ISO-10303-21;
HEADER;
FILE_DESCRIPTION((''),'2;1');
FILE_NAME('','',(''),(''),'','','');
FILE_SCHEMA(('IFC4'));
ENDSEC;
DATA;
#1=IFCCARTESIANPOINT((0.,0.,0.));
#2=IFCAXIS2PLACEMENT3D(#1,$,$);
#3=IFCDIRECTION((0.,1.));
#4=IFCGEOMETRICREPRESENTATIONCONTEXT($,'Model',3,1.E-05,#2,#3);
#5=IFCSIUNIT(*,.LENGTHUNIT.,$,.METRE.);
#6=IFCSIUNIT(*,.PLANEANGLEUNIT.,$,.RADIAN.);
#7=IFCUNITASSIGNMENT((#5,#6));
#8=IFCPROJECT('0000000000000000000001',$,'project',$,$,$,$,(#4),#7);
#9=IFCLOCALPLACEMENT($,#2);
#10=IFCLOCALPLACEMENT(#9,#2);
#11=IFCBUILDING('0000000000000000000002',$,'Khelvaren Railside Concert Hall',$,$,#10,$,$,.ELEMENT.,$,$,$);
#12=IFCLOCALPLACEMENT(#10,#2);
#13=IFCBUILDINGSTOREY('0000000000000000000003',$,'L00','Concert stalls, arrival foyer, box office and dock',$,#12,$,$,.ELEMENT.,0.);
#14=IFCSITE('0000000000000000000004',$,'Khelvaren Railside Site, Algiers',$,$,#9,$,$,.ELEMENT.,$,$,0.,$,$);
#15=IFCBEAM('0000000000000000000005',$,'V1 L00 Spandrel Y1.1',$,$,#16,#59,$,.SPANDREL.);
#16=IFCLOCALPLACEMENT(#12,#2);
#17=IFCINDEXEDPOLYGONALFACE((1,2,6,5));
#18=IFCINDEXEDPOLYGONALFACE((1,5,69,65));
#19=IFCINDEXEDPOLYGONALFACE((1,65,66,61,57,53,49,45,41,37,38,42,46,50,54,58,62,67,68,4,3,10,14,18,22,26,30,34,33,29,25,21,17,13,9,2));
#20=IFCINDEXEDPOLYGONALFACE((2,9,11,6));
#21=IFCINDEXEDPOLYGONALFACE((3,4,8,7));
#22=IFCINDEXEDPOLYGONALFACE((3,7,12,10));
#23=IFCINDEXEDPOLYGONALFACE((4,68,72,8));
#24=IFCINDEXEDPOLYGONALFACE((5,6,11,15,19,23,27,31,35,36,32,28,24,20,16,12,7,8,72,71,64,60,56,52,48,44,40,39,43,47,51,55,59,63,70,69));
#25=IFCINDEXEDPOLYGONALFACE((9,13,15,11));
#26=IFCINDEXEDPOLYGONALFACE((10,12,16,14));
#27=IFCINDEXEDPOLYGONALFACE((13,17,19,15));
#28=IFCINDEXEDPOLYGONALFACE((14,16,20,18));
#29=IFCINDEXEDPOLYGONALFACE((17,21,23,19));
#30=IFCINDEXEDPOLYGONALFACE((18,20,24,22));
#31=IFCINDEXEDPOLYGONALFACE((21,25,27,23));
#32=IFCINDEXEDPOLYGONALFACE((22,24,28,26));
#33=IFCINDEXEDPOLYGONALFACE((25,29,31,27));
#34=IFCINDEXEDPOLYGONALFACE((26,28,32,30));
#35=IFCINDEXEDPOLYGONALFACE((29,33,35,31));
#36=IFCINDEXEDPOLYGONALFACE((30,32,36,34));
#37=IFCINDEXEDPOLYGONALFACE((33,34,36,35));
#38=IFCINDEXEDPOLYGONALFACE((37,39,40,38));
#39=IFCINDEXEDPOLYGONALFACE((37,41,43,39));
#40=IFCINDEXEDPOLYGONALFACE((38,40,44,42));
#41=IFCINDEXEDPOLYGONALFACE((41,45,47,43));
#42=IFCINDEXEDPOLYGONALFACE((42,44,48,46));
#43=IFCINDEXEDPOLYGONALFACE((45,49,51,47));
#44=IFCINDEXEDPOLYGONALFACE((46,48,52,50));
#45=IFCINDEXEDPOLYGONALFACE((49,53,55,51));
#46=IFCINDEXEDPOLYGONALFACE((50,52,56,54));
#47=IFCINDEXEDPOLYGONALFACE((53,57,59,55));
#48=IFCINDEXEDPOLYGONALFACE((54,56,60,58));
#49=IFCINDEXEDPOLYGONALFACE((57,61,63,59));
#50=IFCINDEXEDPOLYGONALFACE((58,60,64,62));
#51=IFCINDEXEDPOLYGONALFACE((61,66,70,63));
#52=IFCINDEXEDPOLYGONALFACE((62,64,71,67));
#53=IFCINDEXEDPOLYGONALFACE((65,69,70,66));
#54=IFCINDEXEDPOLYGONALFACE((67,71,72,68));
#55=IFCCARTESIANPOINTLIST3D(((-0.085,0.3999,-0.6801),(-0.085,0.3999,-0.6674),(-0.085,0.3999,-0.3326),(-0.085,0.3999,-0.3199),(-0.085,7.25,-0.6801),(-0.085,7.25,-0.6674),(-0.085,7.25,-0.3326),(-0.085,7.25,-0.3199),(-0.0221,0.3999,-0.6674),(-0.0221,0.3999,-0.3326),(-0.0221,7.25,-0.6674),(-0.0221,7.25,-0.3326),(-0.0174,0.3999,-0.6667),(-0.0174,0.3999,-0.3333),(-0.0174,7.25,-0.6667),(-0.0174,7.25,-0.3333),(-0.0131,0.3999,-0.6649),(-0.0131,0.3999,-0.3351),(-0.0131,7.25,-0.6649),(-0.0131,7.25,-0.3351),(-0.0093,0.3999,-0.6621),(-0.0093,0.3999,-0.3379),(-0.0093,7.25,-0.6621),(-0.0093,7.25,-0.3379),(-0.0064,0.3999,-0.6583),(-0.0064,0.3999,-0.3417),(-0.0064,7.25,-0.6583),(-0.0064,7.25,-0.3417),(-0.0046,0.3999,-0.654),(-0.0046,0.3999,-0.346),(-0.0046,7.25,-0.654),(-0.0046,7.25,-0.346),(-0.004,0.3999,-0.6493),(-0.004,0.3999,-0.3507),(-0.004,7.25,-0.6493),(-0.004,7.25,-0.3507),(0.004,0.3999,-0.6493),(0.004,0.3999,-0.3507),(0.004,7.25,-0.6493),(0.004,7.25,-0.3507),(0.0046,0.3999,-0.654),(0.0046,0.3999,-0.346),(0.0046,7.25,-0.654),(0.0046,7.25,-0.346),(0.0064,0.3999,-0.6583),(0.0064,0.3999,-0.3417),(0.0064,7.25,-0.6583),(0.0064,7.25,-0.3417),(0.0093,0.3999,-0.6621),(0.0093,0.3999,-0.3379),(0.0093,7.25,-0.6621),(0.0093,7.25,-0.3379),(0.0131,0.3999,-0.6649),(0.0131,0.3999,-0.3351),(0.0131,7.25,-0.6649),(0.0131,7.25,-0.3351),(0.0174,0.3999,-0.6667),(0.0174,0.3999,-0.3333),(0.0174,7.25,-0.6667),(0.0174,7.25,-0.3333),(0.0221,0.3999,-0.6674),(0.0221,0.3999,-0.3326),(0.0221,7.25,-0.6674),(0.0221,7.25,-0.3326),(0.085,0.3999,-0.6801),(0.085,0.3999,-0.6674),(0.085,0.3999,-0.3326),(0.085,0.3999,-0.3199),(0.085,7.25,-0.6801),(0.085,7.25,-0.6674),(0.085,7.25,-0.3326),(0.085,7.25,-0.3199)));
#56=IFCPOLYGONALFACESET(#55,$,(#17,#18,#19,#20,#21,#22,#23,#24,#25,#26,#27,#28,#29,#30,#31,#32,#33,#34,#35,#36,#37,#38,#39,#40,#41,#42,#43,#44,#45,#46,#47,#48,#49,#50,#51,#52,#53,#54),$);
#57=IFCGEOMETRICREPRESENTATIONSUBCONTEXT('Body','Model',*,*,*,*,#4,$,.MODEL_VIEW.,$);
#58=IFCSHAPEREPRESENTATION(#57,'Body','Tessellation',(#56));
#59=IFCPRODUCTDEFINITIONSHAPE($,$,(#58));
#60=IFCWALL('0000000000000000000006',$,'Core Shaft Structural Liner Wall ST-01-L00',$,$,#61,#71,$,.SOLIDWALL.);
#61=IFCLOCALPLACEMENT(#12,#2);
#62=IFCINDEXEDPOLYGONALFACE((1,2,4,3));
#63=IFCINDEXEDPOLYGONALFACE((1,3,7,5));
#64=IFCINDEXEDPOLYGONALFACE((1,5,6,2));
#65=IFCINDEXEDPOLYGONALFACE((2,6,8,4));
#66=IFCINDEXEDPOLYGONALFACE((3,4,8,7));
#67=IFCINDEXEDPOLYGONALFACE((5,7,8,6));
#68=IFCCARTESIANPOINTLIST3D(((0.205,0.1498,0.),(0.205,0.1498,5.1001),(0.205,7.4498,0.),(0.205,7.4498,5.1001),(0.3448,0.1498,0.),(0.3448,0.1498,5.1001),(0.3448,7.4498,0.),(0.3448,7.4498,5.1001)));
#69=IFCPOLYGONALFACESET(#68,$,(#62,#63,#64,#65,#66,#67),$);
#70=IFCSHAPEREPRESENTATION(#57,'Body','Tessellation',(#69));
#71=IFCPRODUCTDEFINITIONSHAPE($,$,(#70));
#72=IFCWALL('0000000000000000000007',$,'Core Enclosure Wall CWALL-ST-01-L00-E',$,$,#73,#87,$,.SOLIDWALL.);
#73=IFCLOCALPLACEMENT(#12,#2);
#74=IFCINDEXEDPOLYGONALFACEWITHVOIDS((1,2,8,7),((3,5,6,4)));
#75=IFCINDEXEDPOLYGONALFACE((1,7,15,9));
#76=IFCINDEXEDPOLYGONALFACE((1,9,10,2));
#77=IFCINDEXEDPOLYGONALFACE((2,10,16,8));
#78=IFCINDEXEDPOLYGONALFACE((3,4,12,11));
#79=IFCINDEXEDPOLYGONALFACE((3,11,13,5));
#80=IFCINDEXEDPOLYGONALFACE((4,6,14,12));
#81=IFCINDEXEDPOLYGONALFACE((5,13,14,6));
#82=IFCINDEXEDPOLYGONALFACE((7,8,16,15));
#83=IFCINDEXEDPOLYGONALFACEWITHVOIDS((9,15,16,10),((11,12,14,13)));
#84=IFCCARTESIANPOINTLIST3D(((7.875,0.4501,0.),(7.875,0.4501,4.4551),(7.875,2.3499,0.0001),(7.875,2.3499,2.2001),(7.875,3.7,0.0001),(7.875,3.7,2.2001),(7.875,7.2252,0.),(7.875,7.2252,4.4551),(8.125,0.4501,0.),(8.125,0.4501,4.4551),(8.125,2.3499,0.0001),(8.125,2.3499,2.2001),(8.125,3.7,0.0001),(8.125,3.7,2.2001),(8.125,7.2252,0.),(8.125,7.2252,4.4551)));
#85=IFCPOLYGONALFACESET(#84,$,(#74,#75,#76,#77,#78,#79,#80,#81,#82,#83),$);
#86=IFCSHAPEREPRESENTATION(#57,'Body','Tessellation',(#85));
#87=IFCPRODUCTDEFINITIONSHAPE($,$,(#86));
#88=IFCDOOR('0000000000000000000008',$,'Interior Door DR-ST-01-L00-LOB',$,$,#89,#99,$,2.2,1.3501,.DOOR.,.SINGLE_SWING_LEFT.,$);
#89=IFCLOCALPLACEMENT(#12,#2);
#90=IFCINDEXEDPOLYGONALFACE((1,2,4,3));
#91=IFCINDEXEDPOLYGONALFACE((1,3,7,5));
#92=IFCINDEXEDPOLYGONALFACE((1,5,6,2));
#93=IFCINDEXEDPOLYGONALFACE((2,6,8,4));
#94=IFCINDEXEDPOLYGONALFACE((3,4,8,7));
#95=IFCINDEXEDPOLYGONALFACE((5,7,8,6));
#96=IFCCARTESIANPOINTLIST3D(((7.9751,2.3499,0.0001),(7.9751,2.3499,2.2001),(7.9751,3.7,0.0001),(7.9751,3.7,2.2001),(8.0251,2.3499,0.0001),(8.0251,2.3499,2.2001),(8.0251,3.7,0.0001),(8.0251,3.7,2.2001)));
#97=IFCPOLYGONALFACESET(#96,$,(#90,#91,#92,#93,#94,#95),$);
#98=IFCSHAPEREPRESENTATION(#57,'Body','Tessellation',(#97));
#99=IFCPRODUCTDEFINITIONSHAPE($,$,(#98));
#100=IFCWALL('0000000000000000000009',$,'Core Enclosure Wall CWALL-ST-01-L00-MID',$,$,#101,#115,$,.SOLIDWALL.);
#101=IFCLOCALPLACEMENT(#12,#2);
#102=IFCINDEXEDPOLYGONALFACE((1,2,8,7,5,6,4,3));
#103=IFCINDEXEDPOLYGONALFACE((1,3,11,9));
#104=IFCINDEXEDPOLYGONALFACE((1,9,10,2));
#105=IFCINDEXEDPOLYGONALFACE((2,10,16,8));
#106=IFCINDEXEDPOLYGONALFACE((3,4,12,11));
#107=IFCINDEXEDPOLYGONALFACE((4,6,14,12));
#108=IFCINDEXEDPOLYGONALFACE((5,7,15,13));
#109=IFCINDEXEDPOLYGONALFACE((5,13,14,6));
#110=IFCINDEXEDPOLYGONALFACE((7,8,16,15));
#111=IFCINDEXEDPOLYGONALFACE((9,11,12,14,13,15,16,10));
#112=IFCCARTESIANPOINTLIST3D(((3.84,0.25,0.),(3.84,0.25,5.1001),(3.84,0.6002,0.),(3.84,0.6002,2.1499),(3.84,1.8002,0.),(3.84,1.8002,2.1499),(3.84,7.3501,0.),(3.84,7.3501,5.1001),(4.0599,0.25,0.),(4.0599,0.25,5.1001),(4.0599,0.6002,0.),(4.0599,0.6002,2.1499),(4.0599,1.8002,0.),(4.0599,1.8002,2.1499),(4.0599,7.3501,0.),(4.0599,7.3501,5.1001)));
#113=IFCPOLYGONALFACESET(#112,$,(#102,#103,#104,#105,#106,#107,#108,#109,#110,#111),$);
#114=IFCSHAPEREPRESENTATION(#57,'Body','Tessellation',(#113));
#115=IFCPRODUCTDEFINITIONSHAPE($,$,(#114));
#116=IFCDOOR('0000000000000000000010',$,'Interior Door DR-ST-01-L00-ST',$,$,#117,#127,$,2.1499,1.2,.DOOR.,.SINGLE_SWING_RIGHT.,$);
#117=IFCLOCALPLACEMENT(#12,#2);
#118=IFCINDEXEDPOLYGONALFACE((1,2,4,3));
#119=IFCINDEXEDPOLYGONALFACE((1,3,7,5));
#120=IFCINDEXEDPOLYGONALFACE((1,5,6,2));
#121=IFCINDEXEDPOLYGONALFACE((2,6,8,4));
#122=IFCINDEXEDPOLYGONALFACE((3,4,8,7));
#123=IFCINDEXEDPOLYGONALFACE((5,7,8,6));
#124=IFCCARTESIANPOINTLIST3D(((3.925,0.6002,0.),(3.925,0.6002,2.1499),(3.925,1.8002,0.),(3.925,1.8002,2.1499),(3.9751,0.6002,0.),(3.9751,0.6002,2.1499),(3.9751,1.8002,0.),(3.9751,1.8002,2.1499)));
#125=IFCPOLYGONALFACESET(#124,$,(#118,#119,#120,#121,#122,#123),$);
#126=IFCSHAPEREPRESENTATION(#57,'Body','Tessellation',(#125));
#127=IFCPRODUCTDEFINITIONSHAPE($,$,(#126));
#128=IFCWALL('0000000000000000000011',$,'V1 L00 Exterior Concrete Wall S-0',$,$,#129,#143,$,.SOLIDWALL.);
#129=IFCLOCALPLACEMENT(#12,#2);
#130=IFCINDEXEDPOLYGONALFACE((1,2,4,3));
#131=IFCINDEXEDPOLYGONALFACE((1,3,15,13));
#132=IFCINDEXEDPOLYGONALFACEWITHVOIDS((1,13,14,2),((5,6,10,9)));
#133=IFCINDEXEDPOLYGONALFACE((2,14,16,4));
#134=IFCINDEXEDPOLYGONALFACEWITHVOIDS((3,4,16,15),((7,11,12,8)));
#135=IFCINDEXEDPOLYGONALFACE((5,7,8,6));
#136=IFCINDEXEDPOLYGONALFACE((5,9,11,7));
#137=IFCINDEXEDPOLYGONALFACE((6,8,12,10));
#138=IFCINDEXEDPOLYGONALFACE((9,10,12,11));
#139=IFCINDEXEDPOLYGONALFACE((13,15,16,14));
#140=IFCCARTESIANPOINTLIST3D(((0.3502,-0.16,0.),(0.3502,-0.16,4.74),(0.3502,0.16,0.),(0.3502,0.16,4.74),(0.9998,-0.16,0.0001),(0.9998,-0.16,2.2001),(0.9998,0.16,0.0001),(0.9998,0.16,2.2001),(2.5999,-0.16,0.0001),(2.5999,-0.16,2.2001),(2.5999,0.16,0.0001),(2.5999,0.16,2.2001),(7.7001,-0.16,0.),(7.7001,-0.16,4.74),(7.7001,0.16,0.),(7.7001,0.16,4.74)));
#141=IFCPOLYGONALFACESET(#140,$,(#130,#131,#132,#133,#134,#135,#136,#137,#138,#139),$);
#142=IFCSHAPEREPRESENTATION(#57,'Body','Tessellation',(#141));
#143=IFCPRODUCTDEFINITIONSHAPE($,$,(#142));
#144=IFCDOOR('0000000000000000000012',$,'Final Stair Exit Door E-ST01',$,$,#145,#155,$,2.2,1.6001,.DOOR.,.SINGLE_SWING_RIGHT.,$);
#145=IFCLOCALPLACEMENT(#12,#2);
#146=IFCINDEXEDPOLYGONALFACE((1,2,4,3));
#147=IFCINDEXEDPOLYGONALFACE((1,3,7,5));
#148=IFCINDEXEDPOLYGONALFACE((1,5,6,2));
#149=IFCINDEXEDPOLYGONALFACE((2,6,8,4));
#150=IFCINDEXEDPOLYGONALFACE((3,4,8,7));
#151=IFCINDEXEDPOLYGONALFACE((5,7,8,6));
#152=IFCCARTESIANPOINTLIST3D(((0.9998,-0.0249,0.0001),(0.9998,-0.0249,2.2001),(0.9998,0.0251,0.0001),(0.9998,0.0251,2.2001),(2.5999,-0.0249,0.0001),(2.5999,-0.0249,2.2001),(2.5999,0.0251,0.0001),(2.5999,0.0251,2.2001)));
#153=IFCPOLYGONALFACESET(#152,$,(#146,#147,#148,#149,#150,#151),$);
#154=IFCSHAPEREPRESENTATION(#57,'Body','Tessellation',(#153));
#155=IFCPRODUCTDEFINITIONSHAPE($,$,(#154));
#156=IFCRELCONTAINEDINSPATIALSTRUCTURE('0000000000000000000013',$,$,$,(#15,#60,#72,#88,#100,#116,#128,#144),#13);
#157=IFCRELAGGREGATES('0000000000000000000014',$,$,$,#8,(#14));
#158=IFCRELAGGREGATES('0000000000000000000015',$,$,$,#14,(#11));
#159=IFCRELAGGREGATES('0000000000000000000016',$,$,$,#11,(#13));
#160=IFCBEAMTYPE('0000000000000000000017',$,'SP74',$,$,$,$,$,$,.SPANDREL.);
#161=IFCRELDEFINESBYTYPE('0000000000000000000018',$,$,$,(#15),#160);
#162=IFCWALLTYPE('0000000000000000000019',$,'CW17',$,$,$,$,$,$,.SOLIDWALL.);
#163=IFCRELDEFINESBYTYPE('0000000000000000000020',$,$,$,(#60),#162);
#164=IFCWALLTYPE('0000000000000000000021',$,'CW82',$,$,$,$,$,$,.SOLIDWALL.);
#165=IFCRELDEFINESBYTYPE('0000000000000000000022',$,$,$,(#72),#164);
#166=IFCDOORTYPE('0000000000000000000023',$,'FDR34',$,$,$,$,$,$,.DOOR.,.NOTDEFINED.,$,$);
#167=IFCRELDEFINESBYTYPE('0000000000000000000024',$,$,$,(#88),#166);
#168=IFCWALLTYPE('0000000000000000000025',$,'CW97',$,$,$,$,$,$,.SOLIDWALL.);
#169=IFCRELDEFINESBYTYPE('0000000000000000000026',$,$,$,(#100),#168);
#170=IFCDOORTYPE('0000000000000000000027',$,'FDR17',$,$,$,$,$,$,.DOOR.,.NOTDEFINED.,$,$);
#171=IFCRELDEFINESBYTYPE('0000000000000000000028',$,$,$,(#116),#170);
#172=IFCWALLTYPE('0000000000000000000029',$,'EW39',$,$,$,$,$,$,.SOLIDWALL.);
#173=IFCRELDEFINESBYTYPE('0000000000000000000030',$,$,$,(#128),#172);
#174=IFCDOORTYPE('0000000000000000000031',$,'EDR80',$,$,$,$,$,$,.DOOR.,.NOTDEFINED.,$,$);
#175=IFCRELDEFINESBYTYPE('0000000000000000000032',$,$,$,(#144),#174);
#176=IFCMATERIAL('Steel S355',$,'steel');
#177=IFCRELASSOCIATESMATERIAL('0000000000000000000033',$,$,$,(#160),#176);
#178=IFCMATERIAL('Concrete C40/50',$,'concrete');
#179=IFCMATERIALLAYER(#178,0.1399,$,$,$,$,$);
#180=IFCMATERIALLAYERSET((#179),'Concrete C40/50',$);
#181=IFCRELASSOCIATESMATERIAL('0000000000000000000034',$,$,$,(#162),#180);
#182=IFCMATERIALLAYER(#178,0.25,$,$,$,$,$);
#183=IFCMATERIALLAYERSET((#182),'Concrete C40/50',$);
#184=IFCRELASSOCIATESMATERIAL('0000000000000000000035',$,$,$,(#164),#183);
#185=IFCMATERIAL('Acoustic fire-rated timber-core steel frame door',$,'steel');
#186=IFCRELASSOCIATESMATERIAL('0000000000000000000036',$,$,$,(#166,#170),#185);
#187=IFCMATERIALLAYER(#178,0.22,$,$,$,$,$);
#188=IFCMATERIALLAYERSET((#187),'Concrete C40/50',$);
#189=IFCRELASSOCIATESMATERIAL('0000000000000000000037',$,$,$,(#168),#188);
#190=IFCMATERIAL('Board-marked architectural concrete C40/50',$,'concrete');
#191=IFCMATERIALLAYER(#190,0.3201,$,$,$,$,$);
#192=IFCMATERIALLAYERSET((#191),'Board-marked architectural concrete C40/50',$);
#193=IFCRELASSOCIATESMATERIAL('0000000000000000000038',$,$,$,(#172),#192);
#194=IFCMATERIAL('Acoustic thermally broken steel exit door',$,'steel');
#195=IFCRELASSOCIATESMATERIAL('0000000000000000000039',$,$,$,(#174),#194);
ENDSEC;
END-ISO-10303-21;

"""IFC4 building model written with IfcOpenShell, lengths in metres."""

from ifc_helpers import new_model, si_unit, direction, frame, frame_2d, origin, origin_2d, place, context, subcontext, project, spatial, rectangle, i_section, extrude, material, layer, layer_set, material_profile, profile_set, type_object, element, fill, save


model = new_model("IFC4")

# Units and contexts
model_context = context("Model", 3, precision=1e-05, world=origin(), true_north=direction((0.0, 1.0)))
body_context = subcontext(model_context, "Body", "Model", "MODEL_VIEW")
ifc_project = project(units=[si_unit("LENGTHUNIT", "METRE"), si_unit("PLANEANGLEUNIT", "RADIAN")], contexts=[model_context])

# Site, building, storey
site_placement = place(None, origin())
site = spatial("IfcSite", under=ifc_project, at=site_placement, Name="Khelvaren Railside Site, Algiers", CompositionType="ELEMENT", RefElevation=0.0)
building_placement = place(site_placement, origin())
building = spatial("IfcBuilding", under=site, at=building_placement, Name="Khelvaren Railside Concert Hall", CompositionType="ELEMENT")
storey_placement = place(building_placement, origin())
storey = spatial("IfcBuildingStorey", under=building, at=storey_placement, Name="L00", Description="Concert stalls, arrival foyer, box office and dock", CompositionType="ELEMENT", Elevation=0.0)

# Beam
ifc_material_1 = material(Name="Steel S355", Category="steel")
ifc_material_profile_1 = material_profile(ifc_material_1, i_section(OverallWidth=0.1699, OverallDepth=0.3601, WebThickness=0.0081, FlangeThickness=0.0127, FilletRadius=0.0181, at=origin_2d()), Name="IPE 360")
ifc_profile_set_1 = profile_set([ifc_material_profile_1], Name="Steel S355")
beam_type_1 = type_object("IfcBeamType", Name="SP74", PredefinedType="SPANDREL", material=ifc_profile_set_1)
beam_1_placement = place(storey_placement, frame((0.0, 0.3999, -0.5), z_axis=(0.0, 1.0, 0.0), x_axis=(-1.0, 0.0, 0.0)))
element("IfcBeam", 1, at=beam_1_placement, inside=storey, type_object=beam_type_1, Name="V1 L00 Spandrel Y1.1", PredefinedType="SPANDREL", context=body_context, shape_type="SweptSolid", body=[
    extrude(i_section(OverallWidth=0.1699, OverallDepth=0.3601, WebThickness=0.0081, FlangeThickness=0.0127, FilletRadius=0.0181, at=origin_2d()), origin(), (0.0, 0.0, 1.0), 6.8501),
])

# Wall
ifc_material_2 = material(Name="Concrete C40/50", Category="concrete")
ifc_layer_1 = layer(ifc_material_2, 0.1399)
ifc_layer_set_1 = layer_set([ifc_layer_1], Name="Concrete C40/50")
wall_type_1 = type_object("IfcWallType", Name="CW17", PredefinedType="SOLIDWALL", material=ifc_layer_set_1)
wall_1_placement = place(storey_placement, frame((0.2749, 0.1499, 0.0), z_axis=(0.0, 0.0, 1.0), x_axis=(0.0, 1.0, 0.0)))
element("IfcWall", 2, at=wall_1_placement, inside=storey, type_object=wall_type_1, Name="Core Shaft Structural Liner Wall ST-01-L00", PredefinedType="SOLIDWALL", context=body_context, shape_type="SweptSolid", body=[
    extrude(rectangle(XDim=7.3, YDim=0.1399, at=frame_2d((3.6499, 0.0))), origin(), (0.0, 0.0, 1.0), 5.1001),
])

# Walls, openings, doors
ifc_layer_2 = layer(ifc_material_2, 0.25)
ifc_layer_set_2 = layer_set([ifc_layer_2], Name="Concrete C40/50")
wall_type_2 = type_object("IfcWallType", Name="CW82", PredefinedType="SOLIDWALL", material=ifc_layer_set_2)
wall_2_placement = place(storey_placement, frame((8.0, 0.45, 0.0), z_axis=(0.0, 0.0, 1.0), x_axis=(0.0, 1.0, 0.0)))
wall_2 = element("IfcWall", 3, at=wall_2_placement, inside=storey, type_object=wall_type_2, Name="Core Enclosure Wall CWALL-ST-01-L00-E", PredefinedType="SOLIDWALL", context=body_context, shape_type="SweptSolid", body=[
    extrude(rectangle(XDim=6.7751, YDim=0.25, at=frame_2d((3.3877, 0.0))), origin(), (0.0, 0.0, 1.0), 4.4551),
])
opening_1_placement = place(wall_2_placement, frame((1.8999, 0.0, 0.0)))
opening_1 = element("IfcOpeningElement", 4, at=opening_1_placement, cuts=wall_2, PredefinedType="OPENING", context=body_context, shape_type="SweptSolid", body=[
    extrude(rectangle(XDim=1.3501, YDim=2.2, at=frame_2d((0.675, 1.1001))), frame((0.0, 0.135, 0.0), z_axis=(0.0, -1.0, 0.0), x_axis=(1.0, 0.0, 0.0)), (0.0, 0.0, 1.0), 0.27),
])
ifc_material_3 = material(Name="Acoustic fire-rated timber-core steel frame door", Category="steel")
door_type_1 = type_object("IfcDoorType", Name="FDR34", OperationType="NOTDEFINED", PredefinedType="DOOR", material=ifc_material_3)
door_1_placement = place(opening_1_placement, origin())
door_1 = element("IfcDoor", 5, at=door_1_placement, inside=storey, type_object=door_type_1, Name="Interior Door DR-ST-01-L00-LOB", OperationType="SINGLE_SWING_LEFT", OverallHeight=2.2, OverallWidth=1.3501, PredefinedType="DOOR", context=body_context, shape_type="SweptSolid", body=[
    extrude(rectangle(XDim=1.3501, YDim=2.2, at=frame_2d((0.675, 1.1001))), frame((0.0, 0.0249, 0.0), z_axis=(0.0, -1.0, 0.0), x_axis=(1.0, 0.0, 0.0)), (0.0, 0.0, 1.0), 0.05),
])
fill(opening_1, door_1)
ifc_layer_3 = layer(ifc_material_2, 0.22)
ifc_layer_set_3 = layer_set([ifc_layer_3], Name="Concrete C40/50")
wall_type_3 = type_object("IfcWallType", Name="CW97", PredefinedType="SOLIDWALL", material=ifc_layer_set_3)
wall_3_placement = place(storey_placement, frame((3.95, 0.25, 0.0), z_axis=(0.0, 0.0, 1.0), x_axis=(0.0, 1.0, 0.0)))
wall_3 = element("IfcWall", 6, at=wall_3_placement, inside=storey, type_object=wall_type_3, Name="Core Enclosure Wall CWALL-ST-01-L00-MID", PredefinedType="SOLIDWALL", context=body_context, shape_type="SweptSolid", body=[
    extrude(rectangle(XDim=7.1001, YDim=0.22, at=frame_2d((3.55, 0.0))), origin(), (0.0, 0.0, 1.0), 5.1001),
])
opening_2_placement = place(wall_3_placement, frame((0.3501, 0.0, 0.0)))
opening_2 = element("IfcOpeningElement", 7, at=opening_2_placement, cuts=wall_3, PredefinedType="OPENING", context=body_context, shape_type="SweptSolid", body=[
    extrude(rectangle(XDim=1.2, YDim=2.1499, at=frame_2d((0.6001, 1.075))), frame((0.0, 0.1199, 0.0), z_axis=(0.0, -1.0, 0.0), x_axis=(1.0, 0.0, 0.0)), (0.0, 0.0, 1.0), 0.24),
])
door_type_2 = type_object("IfcDoorType", Name="FDR17", OperationType="NOTDEFINED", PredefinedType="DOOR", material=ifc_material_3)
door_2_placement = place(opening_2_placement, origin())
door_2 = element("IfcDoor", 8, at=door_2_placement, inside=storey, type_object=door_type_2, Name="Interior Door DR-ST-01-L00-ST", OperationType="SINGLE_SWING_RIGHT", OverallHeight=2.1499, OverallWidth=1.2, PredefinedType="DOOR", context=body_context, shape_type="SweptSolid", body=[
    extrude(rectangle(XDim=1.2, YDim=2.1499, at=frame_2d((0.6001, 1.075))), frame((0.0, 0.0249, 0.0), z_axis=(0.0, -1.0, 0.0), x_axis=(1.0, 0.0, 0.0)), (0.0, 0.0, 1.0), 0.05),
])
fill(opening_2, door_2)
ifc_material_4 = material(Name="Board-marked architectural concrete C40/50", Category="concrete")
ifc_layer_4 = layer(ifc_material_4, 0.3201)
ifc_layer_set_4 = layer_set([ifc_layer_4], Name="Board-marked architectural concrete C40/50")
wall_type_4 = type_object("IfcWallType", Name="EW39", PredefinedType="SOLIDWALL", material=ifc_layer_set_4)
wall_4_placement = place(storey_placement, frame((7.7, 0.0, 0.0), z_axis=(0.0, 0.0, 1.0), x_axis=(-1.0, 0.0, 0.0)))
wall_4 = element("IfcWall", 9, at=wall_4_placement, inside=storey, type_object=wall_type_4, Name="V1 L00 Exterior Concrete Wall S-0", PredefinedType="SOLIDWALL", context=body_context, shape_type="SweptSolid", body=[
    extrude(rectangle(XDim=7.3499, YDim=0.3201, at=frame_2d((3.6748, 0.0))), origin(), (0.0, 0.0, 1.0), 4.74),
])
opening_3_placement = place(wall_4_placement, frame((5.1001, 0.0, 0.0)))
opening_3 = element("IfcOpeningElement", 10, at=opening_3_placement, cuts=wall_4, PredefinedType="OPENING", context=body_context, shape_type="SweptSolid", body=[
    extrude(rectangle(XDim=1.6001, YDim=2.2, at=frame_2d((0.8, 1.1001))), frame((0.0, 0.1699, 0.0), z_axis=(0.0, -1.0, 0.0), x_axis=(1.0, 0.0, 0.0)), (0.0, 0.0, 1.0), 0.3401),
])
ifc_material_5 = material(Name="Acoustic thermally broken steel exit door", Category="steel")
door_type_3 = type_object("IfcDoorType", Name="EDR80", OperationType="NOTDEFINED", PredefinedType="DOOR", material=ifc_material_5)
door_3_placement = place(opening_3_placement, origin())
door_3 = element("IfcDoor", 11, at=door_3_placement, inside=storey, type_object=door_type_3, Name="Final Stair Exit Door E-ST01", OperationType="SINGLE_SWING_RIGHT", OverallHeight=2.2, OverallWidth=1.6001, PredefinedType="DOOR", context=body_context, shape_type="SweptSolid", body=[
    extrude(rectangle(XDim=1.6001, YDim=2.2, at=frame_2d((0.8, 1.1001))), frame((0.0, 0.0249, 0.0), z_axis=(0.0, -1.0, 0.0), x_axis=(1.0, 0.0, 0.0)), (0.0, 0.0, 1.0), 0.05),
])
fill(opening_3, door_3)

save(model, "model.ifc")
